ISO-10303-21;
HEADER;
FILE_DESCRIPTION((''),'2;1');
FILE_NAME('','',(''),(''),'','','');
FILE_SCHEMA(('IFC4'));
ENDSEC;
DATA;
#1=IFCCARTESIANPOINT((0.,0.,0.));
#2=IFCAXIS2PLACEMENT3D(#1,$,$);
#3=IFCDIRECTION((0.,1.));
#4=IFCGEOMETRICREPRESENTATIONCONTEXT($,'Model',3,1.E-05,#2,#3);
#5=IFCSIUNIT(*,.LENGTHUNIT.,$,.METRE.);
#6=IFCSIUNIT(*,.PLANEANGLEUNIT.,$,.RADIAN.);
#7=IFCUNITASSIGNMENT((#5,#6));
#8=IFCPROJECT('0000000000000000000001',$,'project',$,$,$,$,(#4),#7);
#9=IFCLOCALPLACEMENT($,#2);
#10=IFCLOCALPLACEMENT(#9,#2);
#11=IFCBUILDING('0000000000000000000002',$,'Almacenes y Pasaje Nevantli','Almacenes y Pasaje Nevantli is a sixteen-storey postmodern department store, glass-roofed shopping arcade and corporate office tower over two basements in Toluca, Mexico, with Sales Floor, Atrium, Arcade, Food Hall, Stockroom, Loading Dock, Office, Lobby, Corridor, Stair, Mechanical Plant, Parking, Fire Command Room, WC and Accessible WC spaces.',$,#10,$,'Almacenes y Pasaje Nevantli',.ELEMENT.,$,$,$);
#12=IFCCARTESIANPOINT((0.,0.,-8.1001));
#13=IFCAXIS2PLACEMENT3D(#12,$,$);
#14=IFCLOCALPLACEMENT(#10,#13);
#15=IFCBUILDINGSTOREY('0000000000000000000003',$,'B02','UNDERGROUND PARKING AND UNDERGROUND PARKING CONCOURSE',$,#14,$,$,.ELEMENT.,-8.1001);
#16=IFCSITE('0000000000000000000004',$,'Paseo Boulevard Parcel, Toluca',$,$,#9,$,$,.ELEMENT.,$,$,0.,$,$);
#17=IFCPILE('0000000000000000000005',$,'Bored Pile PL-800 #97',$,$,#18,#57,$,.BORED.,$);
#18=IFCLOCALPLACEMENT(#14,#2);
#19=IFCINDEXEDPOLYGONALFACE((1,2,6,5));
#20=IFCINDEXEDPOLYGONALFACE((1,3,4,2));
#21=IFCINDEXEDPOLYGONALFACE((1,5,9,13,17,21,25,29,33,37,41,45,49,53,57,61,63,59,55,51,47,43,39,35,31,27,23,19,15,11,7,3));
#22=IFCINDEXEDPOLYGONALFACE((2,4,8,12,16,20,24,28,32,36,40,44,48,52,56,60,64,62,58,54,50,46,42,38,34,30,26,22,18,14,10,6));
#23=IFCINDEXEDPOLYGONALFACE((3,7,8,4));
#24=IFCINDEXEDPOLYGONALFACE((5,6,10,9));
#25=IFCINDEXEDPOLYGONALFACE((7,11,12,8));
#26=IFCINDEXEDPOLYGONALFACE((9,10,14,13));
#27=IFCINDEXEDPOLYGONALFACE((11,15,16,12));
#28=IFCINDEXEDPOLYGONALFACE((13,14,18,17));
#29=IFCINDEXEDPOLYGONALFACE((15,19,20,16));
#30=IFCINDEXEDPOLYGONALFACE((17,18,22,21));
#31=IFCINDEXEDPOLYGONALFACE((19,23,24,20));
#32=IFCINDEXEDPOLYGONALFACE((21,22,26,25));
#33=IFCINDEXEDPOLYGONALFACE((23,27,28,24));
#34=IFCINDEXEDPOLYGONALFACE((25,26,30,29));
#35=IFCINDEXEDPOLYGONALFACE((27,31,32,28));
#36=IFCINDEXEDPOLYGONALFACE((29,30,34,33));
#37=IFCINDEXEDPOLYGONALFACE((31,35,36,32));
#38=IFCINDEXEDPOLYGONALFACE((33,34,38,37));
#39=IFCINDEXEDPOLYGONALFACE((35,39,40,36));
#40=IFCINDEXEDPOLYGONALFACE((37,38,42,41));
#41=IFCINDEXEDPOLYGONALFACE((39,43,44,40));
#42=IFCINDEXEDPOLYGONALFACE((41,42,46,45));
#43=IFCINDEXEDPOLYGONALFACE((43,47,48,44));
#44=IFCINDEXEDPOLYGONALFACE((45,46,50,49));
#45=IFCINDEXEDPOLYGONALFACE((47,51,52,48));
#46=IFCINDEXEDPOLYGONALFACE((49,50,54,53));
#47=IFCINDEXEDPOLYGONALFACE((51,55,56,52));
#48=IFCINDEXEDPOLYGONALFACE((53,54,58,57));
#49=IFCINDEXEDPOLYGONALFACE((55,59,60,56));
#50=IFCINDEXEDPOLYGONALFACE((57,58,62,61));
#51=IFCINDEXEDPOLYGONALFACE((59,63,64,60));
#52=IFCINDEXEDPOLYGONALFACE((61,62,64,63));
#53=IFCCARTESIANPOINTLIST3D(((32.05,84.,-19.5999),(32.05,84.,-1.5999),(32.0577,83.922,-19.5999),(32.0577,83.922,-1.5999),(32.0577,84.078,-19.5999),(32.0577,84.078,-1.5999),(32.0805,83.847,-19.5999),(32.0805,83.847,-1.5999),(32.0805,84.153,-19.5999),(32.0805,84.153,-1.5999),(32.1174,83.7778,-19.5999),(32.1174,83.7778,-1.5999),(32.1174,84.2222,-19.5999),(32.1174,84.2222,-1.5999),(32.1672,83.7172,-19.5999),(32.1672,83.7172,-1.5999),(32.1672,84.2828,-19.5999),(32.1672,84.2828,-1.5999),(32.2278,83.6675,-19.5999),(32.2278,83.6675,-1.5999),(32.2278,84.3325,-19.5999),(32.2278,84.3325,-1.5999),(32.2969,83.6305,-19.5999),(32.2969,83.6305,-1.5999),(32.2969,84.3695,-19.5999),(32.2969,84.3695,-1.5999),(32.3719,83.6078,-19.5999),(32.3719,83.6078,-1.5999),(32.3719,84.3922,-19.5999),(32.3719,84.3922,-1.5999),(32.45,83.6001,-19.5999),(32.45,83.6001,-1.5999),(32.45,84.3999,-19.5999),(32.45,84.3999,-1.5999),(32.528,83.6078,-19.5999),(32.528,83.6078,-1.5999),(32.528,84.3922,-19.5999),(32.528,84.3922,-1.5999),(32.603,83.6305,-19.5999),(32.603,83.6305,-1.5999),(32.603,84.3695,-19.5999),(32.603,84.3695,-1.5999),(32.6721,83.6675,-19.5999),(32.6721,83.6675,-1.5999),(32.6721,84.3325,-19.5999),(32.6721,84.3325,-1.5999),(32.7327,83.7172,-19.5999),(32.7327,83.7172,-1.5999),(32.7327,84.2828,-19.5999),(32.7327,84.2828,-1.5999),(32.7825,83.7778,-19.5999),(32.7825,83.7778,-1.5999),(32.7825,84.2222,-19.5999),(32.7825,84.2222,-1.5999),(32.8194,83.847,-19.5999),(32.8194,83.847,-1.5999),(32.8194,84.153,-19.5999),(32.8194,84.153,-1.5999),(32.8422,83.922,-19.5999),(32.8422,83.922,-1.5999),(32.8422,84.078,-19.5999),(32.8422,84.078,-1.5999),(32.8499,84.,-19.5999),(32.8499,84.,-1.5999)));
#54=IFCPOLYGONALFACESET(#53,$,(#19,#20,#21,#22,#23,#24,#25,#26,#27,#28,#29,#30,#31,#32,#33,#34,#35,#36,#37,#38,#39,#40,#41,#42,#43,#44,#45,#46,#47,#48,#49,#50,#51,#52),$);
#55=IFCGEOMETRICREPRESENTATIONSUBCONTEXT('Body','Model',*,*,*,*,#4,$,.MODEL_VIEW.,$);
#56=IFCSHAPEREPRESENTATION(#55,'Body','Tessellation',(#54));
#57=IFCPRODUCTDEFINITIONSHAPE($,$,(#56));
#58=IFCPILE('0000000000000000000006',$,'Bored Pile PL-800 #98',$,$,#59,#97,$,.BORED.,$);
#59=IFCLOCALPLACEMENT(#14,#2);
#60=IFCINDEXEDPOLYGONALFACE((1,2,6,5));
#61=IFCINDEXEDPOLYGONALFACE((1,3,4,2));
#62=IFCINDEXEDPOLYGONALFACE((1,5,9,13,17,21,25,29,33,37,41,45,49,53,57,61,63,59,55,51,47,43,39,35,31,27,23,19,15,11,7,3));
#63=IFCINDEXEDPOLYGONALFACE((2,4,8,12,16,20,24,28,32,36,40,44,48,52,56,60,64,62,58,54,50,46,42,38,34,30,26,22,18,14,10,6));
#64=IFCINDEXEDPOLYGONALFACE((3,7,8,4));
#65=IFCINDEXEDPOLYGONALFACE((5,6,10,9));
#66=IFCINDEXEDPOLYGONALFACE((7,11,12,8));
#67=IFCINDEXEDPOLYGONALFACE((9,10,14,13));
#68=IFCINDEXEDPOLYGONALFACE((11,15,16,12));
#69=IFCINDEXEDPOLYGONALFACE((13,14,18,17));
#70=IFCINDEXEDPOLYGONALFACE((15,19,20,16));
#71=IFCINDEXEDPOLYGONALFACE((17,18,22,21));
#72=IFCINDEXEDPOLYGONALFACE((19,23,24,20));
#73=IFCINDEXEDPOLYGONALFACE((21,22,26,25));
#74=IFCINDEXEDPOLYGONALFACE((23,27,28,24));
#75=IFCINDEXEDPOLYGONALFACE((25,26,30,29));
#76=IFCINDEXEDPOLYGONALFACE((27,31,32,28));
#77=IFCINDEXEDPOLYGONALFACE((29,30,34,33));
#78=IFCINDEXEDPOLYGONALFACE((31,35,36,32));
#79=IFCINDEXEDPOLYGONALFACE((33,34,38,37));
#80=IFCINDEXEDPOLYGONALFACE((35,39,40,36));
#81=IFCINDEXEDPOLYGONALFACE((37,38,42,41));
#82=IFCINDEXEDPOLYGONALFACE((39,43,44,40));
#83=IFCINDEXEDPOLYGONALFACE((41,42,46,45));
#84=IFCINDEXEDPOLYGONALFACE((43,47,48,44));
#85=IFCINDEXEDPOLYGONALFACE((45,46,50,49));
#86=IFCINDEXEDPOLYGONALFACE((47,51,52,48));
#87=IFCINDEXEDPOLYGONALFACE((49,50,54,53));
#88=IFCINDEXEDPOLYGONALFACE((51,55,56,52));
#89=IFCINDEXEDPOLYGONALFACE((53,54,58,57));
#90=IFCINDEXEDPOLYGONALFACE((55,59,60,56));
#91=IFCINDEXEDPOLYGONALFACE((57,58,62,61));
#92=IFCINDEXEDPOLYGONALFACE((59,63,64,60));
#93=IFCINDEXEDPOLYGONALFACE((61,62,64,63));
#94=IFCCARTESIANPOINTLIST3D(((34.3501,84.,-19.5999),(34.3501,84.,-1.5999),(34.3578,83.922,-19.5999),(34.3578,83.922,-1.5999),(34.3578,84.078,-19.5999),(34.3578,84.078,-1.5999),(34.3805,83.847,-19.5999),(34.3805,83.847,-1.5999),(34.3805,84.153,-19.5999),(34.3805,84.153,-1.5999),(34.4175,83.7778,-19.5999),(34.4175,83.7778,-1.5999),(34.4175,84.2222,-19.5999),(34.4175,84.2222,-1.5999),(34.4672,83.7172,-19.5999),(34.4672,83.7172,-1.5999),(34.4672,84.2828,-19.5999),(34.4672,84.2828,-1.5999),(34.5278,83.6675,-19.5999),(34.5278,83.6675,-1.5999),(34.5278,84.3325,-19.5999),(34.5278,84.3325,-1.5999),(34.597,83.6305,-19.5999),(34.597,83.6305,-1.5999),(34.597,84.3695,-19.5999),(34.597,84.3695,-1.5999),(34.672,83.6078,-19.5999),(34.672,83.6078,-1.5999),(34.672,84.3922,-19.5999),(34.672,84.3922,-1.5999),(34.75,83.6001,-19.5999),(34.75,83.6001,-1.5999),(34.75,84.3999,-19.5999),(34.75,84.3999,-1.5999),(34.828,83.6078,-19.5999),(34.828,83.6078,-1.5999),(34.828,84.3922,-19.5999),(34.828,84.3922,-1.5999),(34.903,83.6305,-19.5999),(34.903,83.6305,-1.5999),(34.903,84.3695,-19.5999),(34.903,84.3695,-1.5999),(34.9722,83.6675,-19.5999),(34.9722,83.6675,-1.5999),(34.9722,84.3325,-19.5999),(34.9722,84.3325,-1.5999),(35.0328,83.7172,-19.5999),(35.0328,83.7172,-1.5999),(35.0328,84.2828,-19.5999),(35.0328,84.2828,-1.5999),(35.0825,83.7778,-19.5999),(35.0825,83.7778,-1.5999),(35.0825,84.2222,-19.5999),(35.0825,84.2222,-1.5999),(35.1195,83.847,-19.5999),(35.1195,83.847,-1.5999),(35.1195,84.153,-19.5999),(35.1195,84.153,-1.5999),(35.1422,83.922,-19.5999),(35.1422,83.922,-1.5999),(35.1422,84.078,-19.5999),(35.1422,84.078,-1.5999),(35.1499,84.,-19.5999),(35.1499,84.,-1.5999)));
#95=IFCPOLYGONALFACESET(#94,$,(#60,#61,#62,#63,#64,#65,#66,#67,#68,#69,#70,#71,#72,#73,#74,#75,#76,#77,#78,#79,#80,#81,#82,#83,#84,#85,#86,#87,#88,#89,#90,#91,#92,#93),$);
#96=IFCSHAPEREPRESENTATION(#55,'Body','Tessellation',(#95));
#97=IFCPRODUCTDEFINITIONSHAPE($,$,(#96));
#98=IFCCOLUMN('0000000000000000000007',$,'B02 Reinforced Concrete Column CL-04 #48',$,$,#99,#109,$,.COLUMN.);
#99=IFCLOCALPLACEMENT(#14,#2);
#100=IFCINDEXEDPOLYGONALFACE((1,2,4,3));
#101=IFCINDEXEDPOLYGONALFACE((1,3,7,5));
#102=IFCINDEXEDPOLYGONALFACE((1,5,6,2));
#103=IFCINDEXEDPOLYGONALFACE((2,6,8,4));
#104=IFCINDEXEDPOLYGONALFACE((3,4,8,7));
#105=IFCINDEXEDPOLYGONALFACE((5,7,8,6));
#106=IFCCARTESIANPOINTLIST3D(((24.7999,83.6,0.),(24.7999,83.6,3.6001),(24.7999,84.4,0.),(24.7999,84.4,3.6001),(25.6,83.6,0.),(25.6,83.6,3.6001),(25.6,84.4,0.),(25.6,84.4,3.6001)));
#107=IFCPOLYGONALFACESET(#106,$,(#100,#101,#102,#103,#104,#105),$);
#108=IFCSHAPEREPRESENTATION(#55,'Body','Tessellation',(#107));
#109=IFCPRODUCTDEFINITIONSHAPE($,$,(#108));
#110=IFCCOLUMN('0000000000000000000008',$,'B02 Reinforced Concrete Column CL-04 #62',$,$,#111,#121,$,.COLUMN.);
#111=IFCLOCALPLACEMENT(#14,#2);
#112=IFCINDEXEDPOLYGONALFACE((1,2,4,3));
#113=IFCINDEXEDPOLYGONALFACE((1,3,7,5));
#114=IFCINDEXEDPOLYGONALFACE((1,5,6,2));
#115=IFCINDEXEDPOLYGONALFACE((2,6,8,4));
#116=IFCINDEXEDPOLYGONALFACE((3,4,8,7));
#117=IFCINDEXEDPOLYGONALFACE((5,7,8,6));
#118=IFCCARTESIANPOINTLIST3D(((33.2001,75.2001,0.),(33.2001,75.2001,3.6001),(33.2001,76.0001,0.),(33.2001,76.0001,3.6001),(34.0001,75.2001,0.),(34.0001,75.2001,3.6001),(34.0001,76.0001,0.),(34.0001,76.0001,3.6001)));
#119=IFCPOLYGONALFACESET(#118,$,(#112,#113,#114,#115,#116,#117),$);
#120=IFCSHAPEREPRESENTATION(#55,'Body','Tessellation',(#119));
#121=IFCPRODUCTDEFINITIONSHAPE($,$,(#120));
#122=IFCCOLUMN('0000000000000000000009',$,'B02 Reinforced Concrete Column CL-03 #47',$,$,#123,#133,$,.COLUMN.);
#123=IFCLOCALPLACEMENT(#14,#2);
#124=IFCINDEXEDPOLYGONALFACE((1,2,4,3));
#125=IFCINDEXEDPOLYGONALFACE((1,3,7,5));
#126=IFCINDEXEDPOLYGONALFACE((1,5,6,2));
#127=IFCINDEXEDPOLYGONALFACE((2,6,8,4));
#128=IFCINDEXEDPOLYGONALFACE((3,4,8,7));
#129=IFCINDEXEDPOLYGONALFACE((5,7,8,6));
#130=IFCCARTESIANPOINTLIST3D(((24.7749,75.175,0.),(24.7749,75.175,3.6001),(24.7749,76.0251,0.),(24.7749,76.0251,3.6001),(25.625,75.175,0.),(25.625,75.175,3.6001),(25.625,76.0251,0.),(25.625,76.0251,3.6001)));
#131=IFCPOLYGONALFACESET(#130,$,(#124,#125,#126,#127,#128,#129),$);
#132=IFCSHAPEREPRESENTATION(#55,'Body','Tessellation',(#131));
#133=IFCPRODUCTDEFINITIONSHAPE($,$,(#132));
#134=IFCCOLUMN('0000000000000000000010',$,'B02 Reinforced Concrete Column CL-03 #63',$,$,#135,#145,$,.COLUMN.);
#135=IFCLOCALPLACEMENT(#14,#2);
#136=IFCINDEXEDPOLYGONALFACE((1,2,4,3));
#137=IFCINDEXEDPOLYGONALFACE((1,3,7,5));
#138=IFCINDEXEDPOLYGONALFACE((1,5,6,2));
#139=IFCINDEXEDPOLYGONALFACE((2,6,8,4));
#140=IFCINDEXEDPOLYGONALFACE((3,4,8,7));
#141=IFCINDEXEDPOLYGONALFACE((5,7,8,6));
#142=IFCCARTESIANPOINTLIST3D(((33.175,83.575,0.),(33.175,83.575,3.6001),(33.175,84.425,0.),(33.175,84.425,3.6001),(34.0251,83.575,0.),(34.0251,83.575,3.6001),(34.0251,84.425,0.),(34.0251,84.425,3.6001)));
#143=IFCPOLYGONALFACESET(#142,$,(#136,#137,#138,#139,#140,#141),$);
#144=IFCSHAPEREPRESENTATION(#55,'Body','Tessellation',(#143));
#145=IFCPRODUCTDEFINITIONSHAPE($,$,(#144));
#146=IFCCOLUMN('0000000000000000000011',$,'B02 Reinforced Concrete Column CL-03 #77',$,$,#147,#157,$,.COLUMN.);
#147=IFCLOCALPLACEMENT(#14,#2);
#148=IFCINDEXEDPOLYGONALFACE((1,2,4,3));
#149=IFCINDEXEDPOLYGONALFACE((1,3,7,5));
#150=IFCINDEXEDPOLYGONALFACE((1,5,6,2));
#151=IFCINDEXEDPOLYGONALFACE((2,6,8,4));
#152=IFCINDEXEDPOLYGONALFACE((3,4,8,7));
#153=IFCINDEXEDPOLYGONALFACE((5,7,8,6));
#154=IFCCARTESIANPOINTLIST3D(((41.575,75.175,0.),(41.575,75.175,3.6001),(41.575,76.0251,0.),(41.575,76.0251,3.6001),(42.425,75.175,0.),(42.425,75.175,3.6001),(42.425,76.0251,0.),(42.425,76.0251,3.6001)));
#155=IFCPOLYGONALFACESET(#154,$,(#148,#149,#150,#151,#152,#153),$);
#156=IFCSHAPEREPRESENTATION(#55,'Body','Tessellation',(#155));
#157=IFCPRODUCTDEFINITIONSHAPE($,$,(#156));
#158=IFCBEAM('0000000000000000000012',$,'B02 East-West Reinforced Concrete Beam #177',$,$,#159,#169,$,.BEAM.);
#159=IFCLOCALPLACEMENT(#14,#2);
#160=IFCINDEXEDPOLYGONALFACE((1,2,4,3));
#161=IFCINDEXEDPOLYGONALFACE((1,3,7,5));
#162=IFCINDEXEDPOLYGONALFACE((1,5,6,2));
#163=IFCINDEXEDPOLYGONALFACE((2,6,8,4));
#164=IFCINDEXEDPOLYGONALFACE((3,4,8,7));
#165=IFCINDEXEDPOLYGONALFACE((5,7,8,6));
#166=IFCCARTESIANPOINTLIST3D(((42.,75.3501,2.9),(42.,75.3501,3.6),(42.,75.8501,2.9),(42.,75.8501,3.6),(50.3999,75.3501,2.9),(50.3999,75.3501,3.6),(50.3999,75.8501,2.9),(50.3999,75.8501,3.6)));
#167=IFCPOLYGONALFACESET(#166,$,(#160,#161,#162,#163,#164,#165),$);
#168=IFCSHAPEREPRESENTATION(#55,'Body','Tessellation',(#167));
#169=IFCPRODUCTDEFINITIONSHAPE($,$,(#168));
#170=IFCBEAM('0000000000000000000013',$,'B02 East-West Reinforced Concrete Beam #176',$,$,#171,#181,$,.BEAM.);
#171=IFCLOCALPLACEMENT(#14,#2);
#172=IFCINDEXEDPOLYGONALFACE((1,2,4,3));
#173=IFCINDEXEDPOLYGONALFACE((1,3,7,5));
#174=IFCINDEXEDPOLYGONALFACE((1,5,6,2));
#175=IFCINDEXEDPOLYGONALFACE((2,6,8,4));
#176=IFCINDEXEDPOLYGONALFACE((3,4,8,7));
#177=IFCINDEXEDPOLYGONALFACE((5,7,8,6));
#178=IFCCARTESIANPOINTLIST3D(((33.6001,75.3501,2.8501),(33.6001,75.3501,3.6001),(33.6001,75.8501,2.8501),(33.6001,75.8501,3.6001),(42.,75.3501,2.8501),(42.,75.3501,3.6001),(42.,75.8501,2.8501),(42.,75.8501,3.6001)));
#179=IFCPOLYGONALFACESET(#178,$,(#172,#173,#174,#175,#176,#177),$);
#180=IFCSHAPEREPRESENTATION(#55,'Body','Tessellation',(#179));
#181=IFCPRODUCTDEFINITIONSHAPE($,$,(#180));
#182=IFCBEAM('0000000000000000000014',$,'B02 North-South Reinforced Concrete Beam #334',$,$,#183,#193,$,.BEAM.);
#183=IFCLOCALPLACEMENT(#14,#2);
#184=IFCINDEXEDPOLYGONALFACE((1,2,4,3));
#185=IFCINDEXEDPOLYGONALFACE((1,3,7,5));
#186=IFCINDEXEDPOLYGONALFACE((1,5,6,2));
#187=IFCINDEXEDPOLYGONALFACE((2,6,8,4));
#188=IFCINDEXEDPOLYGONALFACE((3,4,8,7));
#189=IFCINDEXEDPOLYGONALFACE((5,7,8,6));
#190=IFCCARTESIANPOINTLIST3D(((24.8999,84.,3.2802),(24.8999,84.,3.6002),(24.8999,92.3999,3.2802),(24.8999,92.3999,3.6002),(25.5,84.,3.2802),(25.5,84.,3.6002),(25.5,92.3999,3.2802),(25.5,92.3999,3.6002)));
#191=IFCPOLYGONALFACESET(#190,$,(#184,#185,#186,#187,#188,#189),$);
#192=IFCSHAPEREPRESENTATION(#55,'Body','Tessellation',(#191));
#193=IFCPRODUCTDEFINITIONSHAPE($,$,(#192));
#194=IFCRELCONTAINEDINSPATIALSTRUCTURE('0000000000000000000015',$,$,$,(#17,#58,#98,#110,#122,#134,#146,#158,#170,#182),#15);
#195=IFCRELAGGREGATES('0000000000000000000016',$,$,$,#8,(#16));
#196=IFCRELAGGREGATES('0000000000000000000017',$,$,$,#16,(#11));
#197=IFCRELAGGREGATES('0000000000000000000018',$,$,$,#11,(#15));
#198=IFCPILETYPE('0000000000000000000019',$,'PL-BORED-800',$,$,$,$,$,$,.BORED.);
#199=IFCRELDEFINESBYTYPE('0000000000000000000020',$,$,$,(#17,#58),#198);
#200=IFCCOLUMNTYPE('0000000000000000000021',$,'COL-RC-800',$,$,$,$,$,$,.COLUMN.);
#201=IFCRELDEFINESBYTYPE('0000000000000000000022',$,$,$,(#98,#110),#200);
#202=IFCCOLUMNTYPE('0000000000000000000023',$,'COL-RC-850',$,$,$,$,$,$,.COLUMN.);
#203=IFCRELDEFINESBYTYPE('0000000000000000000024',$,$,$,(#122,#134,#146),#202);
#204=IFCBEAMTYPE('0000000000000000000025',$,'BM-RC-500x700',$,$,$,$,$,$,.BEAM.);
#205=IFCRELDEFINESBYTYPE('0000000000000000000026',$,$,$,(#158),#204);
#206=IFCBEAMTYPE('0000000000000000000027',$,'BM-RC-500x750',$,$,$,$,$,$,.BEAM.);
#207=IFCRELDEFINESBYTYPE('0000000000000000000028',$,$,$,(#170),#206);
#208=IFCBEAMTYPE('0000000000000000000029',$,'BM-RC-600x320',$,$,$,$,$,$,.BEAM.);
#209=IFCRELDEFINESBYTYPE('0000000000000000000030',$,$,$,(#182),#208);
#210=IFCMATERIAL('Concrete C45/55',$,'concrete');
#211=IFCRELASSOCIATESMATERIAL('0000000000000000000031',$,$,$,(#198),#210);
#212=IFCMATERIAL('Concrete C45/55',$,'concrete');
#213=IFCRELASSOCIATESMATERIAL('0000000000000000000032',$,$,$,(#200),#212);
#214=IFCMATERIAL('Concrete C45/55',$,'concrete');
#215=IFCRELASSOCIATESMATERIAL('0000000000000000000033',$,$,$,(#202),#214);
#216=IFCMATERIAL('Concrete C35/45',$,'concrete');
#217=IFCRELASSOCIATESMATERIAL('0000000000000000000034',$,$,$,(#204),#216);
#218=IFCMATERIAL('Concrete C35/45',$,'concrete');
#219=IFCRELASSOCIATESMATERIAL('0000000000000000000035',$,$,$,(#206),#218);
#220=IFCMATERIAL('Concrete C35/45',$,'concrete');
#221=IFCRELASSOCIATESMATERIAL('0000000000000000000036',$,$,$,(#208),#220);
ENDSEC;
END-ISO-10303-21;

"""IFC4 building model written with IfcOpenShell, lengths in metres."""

from ifc_helpers import new_model, si_unit, direction, frame, origin, origin_2d, place, context, subcontext, project, spatial, rectangle, circle, extrude, material, material_profile, profile_set, type_object, element, save


model = new_model("IFC4")

# Units and contexts
model_context = context("Model", 3, precision=1e-05, world=origin(), true_north=direction((0.0, 1.0)))
body_context = subcontext(model_context, "Body", "Model", "MODEL_VIEW")
ifc_project = project(units=[si_unit("LENGTHUNIT", "METRE"), si_unit("PLANEANGLEUNIT", "RADIAN")], contexts=[model_context])

# Site, building, storey
site_placement = place(None, origin())
site = spatial("IfcSite", under=ifc_project, at=site_placement, Name="Paseo Boulevard Parcel, Toluca", CompositionType="ELEMENT", RefElevation=0.0)
building_placement = place(site_placement, origin())
building = spatial("IfcBuilding", under=site, at=building_placement, Name="Almacenes y Pasaje Nevantli", Description="Almacenes y Pasaje Nevantli is a sixteen-storey postmodern department store, glass-roofed shopping arcade and corporate office tower over two basements in Toluca, Mexico, with Sales Floor, Atrium, Arcade, Food Hall, Stockroom, Loading Dock, Office, Lobby, Corridor, Stair, Mechanical Plant, Parking, Fire Command Room, WC and Accessible WC spaces.", LongName="Almacenes y Pasaje Nevantli", CompositionType="ELEMENT")
storey_placement = place(building_placement, frame((0.0, 0.0, -8.1001)))
storey = spatial("IfcBuildingStorey", under=building, at=storey_placement, Name="B02", Description="UNDERGROUND PARKING AND UNDERGROUND PARKING CONCOURSE", CompositionType="ELEMENT", Elevation=-8.1001)

# Piles
ifc_material_1 = material(Name="Concrete C45/55", Category="concrete")
ifc_material_profile_1 = material_profile(ifc_material_1, circle(Radius=0.3999, at=origin_2d()), Name="RC-PILE-D800")
ifc_profile_set_1 = profile_set([ifc_material_profile_1], Name="Concrete C45/55")
pile_type_1 = type_object("IfcPileType", Name="PL-BORED-800", PredefinedType="BORED", material=ifc_profile_set_1)
for number, where, z_axis, x_axis, name in (
    (1, (32.45, 84.0, -1.5999), (0.0, 0.0, -1.0), (1.0, 0.0, 0.0), "Bored Pile PL-800 #97"),
    (2, (34.75, 84.0, -1.5999), (0.0, 0.0, -1.0), (1.0, 0.0, 0.0), "Bored Pile PL-800 #98"),
):
    element("IfcPile", number, at=place(storey_placement, frame(where, z_axis=z_axis, x_axis=x_axis)), inside=storey, type_object=pile_type_1, Name=name, PredefinedType="BORED", context=body_context, shape_type="SweptSolid", body=[
        extrude(circle(Radius=0.3999, at=origin_2d()), origin(), (0.0, 0.0, 1.0), 18.0),
    ])

# Columns
ifc_material_2 = material(Name="Concrete C45/55", Category="concrete")
ifc_material_profile_2 = material_profile(ifc_material_2, rectangle(XDim=0.8, YDim=0.8, at=origin_2d()), Name="RC-COL-800x800")
ifc_profile_set_2 = profile_set([ifc_material_profile_2], Name="Concrete C45/55")
column_type_1 = type_object("IfcColumnType", Name="COL-RC-800", PredefinedType="COLUMN", material=ifc_profile_set_2)
for number, where, z_axis, x_axis, name in (
    (3, (25.2, 84.0, 0.0), (0.0, 0.0, 1.0), (1.0, 0.0, 0.0), "B02 Reinforced Concrete Column CL-04 #48"),
    (4, (33.6001, 75.6001, 0.0), (0.0, 0.0, 1.0), (1.0, 0.0, 0.0), "B02 Reinforced Concrete Column CL-04 #62"),
):
    element("IfcColumn", number, at=place(storey_placement, frame(where, z_axis=z_axis, x_axis=x_axis)), inside=storey, type_object=column_type_1, Name=name, PredefinedType="COLUMN", context=body_context, shape_type="SweptSolid", body=[
        extrude(rectangle(XDim=0.8, YDim=0.8, at=origin_2d()), origin(), (0.0, 0.0, 1.0), 3.6001),
    ])
ifc_material_3 = material(Name="Concrete C45/55", Category="concrete")
ifc_material_profile_3 = material_profile(ifc_material_3, rectangle(XDim=0.8501, YDim=0.8501, at=origin_2d()), Name="RC-COL-850x850")
ifc_profile_set_3 = profile_set([ifc_material_profile_3], Name="Concrete C45/55")
column_type_2 = type_object("IfcColumnType", Name="COL-RC-850", PredefinedType="COLUMN", material=ifc_profile_set_3)
for number, where, z_axis, x_axis, name in (
    (5, (25.2, 75.6001, 0.0), (0.0, 0.0, 1.0), (1.0, 0.0, 0.0), "B02 Reinforced Concrete Column CL-03 #47"),
    (6, (33.6001, 84.0, 0.0), (0.0, 0.0, 1.0), (1.0, 0.0, 0.0), "B02 Reinforced Concrete Column CL-03 #63"),
    (7, (42.0, 75.6001, 0.0), (0.0, 0.0, 1.0), (1.0, 0.0, 0.0), "B02 Reinforced Concrete Column CL-03 #77"),
):
    element("IfcColumn", number, at=place(storey_placement, frame(where, z_axis=z_axis, x_axis=x_axis)), inside=storey, type_object=column_type_2, Name=name, PredefinedType="COLUMN", context=body_context, shape_type="SweptSolid", body=[
        extrude(rectangle(XDim=0.8501, YDim=0.8501, at=origin_2d()), origin(), (0.0, 0.0, 1.0), 3.6001),
    ])

# Beams
ifc_material_4 = material(Name="Concrete C35/45", Category="concrete")
ifc_material_profile_4 = material_profile(ifc_material_4, rectangle(XDim=0.5, YDim=0.7, at=origin_2d()), Name="RC-BM-500x700")
ifc_profile_set_4 = profile_set([ifc_material_profile_4], Name="Concrete C35/45")
beam_type_1 = type_object("IfcBeamType", Name="BM-RC-500x700", PredefinedType="BEAM", material=ifc_profile_set_4)
beam_1_placement = place(storey_placement, frame((42.0, 75.6001, 3.25), z_axis=(1.0, 0.0, 0.0), x_axis=(0.0, 1.0, 0.0)))
element("IfcBeam", 8, at=beam_1_placement, inside=storey, type_object=beam_type_1, Name="B02 East-West Reinforced Concrete Beam #177", PredefinedType="BEAM", context=body_context, shape_type="SweptSolid", body=[
    extrude(rectangle(XDim=0.5, YDim=0.7, at=origin_2d()), origin(), (0.0, 0.0, 1.0), 8.3999),
])
ifc_material_5 = material(Name="Concrete C35/45", Category="concrete")
ifc_material_profile_5 = material_profile(ifc_material_5, rectangle(XDim=0.5, YDim=0.75, at=origin_2d()), Name="RC-BM-500x750")
ifc_profile_set_5 = profile_set([ifc_material_profile_5], Name="Concrete C35/45")
beam_type_2 = type_object("IfcBeamType", Name="BM-RC-500x750", PredefinedType="BEAM", material=ifc_profile_set_5)
beam_2_placement = place(storey_placement, frame((33.6001, 75.6001, 3.2251), z_axis=(1.0, 0.0, 0.0), x_axis=(0.0, 1.0, 0.0)))
element("IfcBeam", 9, at=beam_2_placement, inside=storey, type_object=beam_type_2, Name="B02 East-West Reinforced Concrete Beam #176", PredefinedType="BEAM", context=body_context, shape_type="SweptSolid", body=[
    extrude(rectangle(XDim=0.5, YDim=0.75, at=origin_2d()), origin(), (0.0, 0.0, 1.0), 8.3999),
])
ifc_material_6 = material(Name="Concrete C35/45", Category="concrete")
ifc_material_profile_6 = material_profile(ifc_material_6, rectangle(XDim=0.6001, YDim=0.3201, at=origin_2d()), Name="RC-BM-600x320")
ifc_profile_set_6 = profile_set([ifc_material_profile_6], Name="Concrete C35/45")
beam_type_3 = type_object("IfcBeamType", Name="BM-RC-600x320", PredefinedType="BEAM", material=ifc_profile_set_6)
for number, where, z_axis, x_axis, name in (
    (10, (25.2, 84.0, 3.4402), (0.0, 1.0, 0.0), (-1.0, 0.0, 0.0), "B02 North-South Reinforced Concrete Beam #334"),
):
    element("IfcBeam", number, at=place(storey_placement, frame(where, z_axis=z_axis, x_axis=x_axis)), inside=storey, type_object=beam_type_3, Name=name, PredefinedType="BEAM", context=body_context, shape_type="SweptSolid", body=[
        extrude(rectangle(XDim=0.6001, YDim=0.3201, at=origin_2d()), origin(), (0.0, 0.0, 1.0), 8.3999),
    ])

save(model, "model.ifc")
